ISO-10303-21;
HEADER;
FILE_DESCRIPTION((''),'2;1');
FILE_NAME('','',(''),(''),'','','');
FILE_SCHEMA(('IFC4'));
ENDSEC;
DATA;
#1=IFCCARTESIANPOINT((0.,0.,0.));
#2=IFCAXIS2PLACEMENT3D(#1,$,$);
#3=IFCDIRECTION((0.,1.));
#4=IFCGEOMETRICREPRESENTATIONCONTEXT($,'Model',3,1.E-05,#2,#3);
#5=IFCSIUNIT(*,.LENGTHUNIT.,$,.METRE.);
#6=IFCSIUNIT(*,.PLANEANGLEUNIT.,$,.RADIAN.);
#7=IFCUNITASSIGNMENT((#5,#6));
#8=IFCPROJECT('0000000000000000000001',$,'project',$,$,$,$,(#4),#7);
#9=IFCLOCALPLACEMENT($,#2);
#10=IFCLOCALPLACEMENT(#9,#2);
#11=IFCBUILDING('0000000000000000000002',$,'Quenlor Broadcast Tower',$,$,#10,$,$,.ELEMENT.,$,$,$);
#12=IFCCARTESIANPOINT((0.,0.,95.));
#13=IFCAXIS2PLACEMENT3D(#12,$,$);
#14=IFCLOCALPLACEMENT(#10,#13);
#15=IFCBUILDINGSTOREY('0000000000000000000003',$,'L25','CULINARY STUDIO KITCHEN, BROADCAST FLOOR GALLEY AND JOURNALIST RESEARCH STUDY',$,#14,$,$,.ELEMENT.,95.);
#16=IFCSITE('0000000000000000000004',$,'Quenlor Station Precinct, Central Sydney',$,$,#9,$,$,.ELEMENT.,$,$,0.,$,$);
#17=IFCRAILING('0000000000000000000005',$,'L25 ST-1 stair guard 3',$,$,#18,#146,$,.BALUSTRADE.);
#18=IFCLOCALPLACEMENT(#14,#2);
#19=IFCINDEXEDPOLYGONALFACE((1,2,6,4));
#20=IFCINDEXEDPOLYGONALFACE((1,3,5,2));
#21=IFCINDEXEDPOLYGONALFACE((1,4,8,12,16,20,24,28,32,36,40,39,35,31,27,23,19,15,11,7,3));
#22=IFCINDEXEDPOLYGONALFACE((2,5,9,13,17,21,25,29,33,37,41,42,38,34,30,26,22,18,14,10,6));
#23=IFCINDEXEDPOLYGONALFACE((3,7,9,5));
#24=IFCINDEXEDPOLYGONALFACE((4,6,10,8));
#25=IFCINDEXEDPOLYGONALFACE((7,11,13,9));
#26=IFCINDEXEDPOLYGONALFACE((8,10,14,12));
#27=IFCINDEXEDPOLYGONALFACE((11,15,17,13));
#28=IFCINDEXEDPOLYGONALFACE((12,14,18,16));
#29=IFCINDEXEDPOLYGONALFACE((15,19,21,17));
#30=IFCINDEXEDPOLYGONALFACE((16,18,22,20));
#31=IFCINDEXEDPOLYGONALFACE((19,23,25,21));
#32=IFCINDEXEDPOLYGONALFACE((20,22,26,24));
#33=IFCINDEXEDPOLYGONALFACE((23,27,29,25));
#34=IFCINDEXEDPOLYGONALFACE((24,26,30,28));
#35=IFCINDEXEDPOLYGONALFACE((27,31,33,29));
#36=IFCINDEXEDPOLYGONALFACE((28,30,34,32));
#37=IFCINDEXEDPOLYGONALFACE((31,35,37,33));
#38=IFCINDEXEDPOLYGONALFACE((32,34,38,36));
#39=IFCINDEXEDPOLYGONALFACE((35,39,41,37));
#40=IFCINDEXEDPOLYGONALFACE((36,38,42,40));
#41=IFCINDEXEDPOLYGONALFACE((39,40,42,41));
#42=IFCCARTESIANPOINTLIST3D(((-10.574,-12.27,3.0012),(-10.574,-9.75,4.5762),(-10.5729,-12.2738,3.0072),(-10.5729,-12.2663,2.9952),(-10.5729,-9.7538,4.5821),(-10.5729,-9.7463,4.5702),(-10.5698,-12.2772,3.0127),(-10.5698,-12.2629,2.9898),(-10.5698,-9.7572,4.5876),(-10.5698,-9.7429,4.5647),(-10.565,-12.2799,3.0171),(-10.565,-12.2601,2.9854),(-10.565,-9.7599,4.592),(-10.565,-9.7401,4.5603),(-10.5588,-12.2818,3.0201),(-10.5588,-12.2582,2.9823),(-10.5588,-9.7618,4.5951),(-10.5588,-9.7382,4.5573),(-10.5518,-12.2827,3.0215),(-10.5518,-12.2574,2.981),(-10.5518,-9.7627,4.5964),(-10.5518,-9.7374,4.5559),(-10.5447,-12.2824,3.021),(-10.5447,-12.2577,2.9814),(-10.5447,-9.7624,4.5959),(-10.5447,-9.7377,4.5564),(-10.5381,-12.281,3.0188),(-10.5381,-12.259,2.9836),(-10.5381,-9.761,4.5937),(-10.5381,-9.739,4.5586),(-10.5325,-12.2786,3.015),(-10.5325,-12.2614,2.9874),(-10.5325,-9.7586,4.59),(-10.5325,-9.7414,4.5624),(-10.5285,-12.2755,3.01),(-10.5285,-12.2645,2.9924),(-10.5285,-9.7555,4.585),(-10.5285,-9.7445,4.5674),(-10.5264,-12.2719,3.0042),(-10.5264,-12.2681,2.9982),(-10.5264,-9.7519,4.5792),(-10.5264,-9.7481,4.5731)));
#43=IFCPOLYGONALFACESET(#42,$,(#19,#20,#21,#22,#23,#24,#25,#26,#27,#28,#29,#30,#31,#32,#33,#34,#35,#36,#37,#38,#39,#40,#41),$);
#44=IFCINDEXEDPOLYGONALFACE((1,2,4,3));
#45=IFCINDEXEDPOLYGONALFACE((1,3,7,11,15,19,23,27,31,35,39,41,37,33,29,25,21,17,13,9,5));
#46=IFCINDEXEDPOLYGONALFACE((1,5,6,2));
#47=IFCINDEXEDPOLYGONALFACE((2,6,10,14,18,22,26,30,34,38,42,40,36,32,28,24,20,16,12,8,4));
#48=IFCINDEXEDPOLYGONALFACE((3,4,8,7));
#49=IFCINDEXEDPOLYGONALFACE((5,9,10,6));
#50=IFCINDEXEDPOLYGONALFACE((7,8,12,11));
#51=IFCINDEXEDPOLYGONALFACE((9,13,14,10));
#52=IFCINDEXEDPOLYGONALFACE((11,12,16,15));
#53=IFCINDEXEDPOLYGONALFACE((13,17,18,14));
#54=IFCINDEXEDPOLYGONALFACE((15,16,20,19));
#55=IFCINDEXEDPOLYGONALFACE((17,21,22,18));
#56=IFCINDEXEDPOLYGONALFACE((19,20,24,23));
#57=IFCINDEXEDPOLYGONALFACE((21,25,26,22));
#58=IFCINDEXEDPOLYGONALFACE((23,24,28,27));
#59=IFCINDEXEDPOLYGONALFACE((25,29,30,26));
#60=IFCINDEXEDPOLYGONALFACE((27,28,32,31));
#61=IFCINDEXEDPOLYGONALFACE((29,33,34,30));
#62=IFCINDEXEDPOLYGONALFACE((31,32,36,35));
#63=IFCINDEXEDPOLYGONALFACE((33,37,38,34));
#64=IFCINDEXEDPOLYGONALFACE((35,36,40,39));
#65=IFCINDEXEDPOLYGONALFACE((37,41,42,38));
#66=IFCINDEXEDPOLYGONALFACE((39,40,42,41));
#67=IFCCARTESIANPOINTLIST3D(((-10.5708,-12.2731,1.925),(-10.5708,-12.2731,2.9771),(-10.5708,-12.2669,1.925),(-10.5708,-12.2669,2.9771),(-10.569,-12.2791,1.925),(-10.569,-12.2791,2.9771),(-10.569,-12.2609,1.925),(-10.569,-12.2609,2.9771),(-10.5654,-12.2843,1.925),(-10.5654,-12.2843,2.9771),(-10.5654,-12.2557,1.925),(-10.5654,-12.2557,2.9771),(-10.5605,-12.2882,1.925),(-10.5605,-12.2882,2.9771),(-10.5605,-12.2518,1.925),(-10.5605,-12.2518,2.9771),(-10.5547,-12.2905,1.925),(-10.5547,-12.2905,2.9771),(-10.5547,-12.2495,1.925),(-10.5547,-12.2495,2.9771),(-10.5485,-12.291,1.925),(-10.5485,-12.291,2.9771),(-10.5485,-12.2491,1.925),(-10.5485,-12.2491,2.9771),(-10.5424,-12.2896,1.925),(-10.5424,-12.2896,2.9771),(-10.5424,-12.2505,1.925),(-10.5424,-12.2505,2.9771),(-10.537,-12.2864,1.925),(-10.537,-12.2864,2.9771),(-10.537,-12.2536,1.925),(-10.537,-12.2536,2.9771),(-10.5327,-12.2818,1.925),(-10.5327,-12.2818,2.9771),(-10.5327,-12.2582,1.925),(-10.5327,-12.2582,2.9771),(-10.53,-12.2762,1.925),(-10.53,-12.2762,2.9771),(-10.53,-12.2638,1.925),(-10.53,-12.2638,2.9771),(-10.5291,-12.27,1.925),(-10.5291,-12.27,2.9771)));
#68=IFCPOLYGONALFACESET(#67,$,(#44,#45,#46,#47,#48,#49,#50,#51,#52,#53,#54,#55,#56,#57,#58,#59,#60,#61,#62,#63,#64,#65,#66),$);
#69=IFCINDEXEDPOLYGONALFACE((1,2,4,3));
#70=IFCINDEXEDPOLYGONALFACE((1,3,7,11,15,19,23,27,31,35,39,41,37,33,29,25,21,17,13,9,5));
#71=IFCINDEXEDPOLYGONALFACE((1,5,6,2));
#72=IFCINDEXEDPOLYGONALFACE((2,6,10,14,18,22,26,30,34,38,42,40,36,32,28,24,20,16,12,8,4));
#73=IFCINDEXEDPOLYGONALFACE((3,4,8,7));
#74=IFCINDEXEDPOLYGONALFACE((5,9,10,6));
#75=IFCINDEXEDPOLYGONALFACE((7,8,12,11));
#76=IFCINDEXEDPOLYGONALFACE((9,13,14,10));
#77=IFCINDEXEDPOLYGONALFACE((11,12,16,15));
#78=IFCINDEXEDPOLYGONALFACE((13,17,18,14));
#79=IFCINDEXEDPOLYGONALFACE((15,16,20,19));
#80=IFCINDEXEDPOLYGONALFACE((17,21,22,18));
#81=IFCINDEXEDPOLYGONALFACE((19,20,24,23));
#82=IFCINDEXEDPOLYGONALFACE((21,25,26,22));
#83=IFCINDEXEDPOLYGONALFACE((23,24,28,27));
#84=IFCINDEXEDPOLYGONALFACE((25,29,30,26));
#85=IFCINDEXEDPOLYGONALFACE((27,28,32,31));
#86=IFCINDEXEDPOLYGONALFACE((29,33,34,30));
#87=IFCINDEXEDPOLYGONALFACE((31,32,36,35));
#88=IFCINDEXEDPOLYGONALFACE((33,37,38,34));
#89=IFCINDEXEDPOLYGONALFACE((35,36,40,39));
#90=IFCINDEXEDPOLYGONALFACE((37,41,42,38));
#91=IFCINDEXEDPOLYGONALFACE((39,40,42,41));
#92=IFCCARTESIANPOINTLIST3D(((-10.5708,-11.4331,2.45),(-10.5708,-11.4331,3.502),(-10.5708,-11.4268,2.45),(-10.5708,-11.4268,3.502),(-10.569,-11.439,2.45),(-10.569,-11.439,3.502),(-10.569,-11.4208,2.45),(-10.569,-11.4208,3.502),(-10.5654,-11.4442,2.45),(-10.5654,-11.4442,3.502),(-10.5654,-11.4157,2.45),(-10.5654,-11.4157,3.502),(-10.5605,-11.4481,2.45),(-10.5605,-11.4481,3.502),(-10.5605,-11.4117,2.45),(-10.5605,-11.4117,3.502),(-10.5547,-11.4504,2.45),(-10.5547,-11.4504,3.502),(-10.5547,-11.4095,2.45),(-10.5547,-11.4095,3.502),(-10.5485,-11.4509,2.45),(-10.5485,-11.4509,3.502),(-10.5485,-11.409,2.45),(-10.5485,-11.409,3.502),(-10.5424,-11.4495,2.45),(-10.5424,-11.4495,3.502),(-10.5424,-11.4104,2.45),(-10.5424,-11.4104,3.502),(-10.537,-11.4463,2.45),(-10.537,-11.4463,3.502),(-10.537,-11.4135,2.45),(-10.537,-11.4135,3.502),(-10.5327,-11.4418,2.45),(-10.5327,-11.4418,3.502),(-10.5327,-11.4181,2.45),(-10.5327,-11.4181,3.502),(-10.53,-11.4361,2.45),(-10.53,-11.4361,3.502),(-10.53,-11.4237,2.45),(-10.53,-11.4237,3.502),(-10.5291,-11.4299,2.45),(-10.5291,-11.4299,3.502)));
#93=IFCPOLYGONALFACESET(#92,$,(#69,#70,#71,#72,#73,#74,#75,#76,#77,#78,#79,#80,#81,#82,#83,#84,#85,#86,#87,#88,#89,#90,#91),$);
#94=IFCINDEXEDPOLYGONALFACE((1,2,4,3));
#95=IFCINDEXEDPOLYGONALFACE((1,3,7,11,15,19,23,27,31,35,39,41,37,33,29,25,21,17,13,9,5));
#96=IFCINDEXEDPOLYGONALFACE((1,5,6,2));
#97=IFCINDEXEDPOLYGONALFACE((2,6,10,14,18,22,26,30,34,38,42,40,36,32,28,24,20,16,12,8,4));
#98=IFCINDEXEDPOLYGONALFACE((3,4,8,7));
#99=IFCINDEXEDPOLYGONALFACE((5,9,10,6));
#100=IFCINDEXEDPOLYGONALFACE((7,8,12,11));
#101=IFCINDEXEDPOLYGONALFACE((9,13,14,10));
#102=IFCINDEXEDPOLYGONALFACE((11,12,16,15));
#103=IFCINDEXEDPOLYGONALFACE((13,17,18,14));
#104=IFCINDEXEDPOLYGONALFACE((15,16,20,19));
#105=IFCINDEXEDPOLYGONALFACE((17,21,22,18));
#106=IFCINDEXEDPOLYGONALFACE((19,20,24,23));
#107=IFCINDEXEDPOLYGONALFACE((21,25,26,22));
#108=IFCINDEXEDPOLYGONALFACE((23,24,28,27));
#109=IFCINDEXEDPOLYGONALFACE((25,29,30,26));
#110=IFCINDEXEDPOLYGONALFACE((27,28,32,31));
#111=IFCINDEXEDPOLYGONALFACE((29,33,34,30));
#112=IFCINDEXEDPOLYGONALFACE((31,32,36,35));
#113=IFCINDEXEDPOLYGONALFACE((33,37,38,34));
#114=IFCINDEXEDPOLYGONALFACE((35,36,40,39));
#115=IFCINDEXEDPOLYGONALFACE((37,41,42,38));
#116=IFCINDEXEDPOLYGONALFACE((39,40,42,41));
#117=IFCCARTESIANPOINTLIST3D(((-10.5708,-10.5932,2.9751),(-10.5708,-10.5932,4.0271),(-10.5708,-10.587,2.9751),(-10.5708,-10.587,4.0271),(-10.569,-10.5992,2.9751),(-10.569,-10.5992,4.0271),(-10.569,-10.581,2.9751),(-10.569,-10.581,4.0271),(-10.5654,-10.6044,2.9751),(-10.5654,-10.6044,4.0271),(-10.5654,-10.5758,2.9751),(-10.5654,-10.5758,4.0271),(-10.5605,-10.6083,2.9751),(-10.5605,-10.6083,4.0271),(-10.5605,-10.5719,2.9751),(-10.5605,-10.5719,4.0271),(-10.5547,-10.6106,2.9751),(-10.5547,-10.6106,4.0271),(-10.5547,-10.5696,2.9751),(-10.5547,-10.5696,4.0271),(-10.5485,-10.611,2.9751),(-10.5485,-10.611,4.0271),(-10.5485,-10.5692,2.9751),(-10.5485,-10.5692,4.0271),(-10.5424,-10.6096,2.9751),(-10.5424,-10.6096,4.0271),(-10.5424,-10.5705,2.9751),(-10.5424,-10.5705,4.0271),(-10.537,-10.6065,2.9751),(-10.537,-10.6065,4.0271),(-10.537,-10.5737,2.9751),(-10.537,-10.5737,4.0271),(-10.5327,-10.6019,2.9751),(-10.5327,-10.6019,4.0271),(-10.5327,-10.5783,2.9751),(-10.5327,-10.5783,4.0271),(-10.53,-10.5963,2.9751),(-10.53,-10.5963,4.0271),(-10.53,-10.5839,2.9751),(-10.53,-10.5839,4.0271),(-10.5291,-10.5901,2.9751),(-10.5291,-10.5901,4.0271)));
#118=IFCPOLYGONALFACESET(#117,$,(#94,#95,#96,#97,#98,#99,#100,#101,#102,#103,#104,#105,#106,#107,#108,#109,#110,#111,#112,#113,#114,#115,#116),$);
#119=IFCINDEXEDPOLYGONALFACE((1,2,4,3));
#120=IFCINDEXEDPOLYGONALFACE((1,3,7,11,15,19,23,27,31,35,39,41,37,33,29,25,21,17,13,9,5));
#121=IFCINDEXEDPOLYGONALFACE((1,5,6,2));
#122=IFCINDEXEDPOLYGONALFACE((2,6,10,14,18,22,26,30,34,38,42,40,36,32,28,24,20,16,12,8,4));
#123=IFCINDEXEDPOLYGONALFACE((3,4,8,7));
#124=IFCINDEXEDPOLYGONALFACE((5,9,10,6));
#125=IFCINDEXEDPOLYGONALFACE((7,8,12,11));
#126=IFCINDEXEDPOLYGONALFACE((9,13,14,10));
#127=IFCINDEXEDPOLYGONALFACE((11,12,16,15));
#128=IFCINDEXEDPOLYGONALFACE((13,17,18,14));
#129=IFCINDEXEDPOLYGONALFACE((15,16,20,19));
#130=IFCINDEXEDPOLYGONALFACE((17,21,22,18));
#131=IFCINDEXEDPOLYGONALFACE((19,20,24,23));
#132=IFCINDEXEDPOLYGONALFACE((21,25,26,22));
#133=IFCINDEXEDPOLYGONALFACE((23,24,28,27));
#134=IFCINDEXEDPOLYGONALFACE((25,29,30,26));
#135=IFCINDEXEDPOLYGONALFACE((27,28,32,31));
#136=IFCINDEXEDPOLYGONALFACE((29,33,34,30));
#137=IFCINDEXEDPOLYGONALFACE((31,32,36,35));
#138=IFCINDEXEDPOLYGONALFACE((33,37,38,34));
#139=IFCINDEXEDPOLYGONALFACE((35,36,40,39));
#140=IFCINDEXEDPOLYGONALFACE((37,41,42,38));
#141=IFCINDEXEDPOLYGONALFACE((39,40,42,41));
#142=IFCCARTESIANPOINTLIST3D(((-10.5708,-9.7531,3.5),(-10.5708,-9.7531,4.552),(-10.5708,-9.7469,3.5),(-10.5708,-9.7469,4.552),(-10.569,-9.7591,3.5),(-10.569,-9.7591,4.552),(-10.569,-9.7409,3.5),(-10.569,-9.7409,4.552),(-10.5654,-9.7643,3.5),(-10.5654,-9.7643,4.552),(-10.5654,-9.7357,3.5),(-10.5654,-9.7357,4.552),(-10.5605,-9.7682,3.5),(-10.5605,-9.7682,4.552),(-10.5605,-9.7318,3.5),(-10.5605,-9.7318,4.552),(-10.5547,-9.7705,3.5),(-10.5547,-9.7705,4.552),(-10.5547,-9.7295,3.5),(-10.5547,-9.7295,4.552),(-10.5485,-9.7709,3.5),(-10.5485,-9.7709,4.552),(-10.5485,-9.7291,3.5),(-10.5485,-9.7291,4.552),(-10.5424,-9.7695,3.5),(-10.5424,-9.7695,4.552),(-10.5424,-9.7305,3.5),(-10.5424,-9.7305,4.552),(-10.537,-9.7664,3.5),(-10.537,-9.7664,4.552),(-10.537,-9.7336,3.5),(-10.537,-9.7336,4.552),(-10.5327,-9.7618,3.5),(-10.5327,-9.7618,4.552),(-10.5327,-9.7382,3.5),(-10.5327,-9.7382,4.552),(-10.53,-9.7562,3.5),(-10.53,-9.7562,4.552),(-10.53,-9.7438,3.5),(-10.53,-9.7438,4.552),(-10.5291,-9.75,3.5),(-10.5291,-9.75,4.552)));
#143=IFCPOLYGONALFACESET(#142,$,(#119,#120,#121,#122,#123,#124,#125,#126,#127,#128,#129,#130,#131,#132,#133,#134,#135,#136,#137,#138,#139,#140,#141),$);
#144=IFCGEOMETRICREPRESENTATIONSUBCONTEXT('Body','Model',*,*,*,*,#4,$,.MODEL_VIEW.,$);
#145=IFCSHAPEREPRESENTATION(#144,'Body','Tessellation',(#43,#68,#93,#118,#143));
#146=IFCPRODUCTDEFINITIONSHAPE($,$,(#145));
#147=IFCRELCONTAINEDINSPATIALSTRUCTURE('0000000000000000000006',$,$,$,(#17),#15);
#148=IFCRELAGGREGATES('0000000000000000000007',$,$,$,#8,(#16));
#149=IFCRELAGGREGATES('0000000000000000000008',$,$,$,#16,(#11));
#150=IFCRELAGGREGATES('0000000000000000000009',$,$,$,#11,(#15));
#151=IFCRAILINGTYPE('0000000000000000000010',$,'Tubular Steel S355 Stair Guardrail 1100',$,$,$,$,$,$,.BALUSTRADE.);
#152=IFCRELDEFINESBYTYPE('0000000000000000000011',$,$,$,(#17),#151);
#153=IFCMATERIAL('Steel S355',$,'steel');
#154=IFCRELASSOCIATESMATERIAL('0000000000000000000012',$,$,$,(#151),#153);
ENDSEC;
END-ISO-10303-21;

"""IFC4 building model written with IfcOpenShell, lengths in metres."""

from ifc_helpers import new_model, si_unit, direction, frame, origin, origin_2d, place, context, subcontext, project, spatial, circle, extrude, material, type_object, element, save


model = new_model("IFC4")

# Units and contexts
model_context = context("Model", 3, precision=1e-05, world=origin(), true_north=direction((0.0, 1.0)))
body_context = subcontext(model_context, "Body", "Model", "MODEL_VIEW")
ifc_project = project(units=[si_unit("LENGTHUNIT", "METRE"), si_unit("PLANEANGLEUNIT", "RADIAN")], contexts=[model_context])

# Site, building, storey
site_placement = place(None, origin())
site = spatial("IfcSite", under=ifc_project, at=site_placement, Name="Quenlor Station Precinct, Central Sydney", CompositionType="ELEMENT", RefElevation=0.0)
building_placement = place(site_placement, origin())
building = spatial("IfcBuilding", under=site, at=building_placement, Name="Quenlor Broadcast Tower", CompositionType="ELEMENT")
storey_placement = place(building_placement, frame((0.0, 0.0, 95.0)))
storey = spatial("IfcBuildingStorey", under=building, at=storey_placement, Name="L25", Description="CULINARY STUDIO KITCHEN, BROADCAST FLOOR GALLEY AND JOURNALIST RESEARCH STUDY", CompositionType="ELEMENT", Elevation=95.0)

# Railing
ifc_material_1 = material(Name="Steel S355", Category="steel")
railing_type_1 = type_object("IfcRailingType", Name="Tubular Steel S355 Stair Guardrail 1100", PredefinedType="BALUSTRADE", material=ifc_material_1)
railing_1_placement = place(storey_placement, frame((-10.55, -12.27, 1.925)))
element("IfcRailing", 1, at=railing_1_placement, inside=storey, type_object=railing_type_1, Name="L25 ST-1 stair guard 3", PredefinedType="BALUSTRADE", context=body_context, shape_type="SweptSolid", body=[
    extrude(circle(Radius=0.0239, at=origin_2d()), frame((0.0, 0.0, 1.0762), z_axis=(0.0, 0.848008, 0.529984), x_axis=(-1.0, 0.0, 0.0)), (0.0, 0.0, 1.0), 2.9717),
    extrude(circle(Radius=0.021, at=origin_2d()), origin(), (0.0, 0.0, 1.0), 1.052),
    extrude(circle(Radius=0.021, at=origin_2d()), frame((0.0, 0.8401, 0.5249)), (0.0, 0.0, 1.0), 1.052),
    extrude(circle(Radius=0.021, at=origin_2d()), frame((0.0, 1.6799, 1.05)), (0.0, 0.0, 1.0), 1.052),
    extrude(circle(Radius=0.021, at=origin_2d()), frame((0.0, 2.52, 1.575)), (0.0, 0.0, 1.0), 1.052),
])

save(model, "model.ifc")
